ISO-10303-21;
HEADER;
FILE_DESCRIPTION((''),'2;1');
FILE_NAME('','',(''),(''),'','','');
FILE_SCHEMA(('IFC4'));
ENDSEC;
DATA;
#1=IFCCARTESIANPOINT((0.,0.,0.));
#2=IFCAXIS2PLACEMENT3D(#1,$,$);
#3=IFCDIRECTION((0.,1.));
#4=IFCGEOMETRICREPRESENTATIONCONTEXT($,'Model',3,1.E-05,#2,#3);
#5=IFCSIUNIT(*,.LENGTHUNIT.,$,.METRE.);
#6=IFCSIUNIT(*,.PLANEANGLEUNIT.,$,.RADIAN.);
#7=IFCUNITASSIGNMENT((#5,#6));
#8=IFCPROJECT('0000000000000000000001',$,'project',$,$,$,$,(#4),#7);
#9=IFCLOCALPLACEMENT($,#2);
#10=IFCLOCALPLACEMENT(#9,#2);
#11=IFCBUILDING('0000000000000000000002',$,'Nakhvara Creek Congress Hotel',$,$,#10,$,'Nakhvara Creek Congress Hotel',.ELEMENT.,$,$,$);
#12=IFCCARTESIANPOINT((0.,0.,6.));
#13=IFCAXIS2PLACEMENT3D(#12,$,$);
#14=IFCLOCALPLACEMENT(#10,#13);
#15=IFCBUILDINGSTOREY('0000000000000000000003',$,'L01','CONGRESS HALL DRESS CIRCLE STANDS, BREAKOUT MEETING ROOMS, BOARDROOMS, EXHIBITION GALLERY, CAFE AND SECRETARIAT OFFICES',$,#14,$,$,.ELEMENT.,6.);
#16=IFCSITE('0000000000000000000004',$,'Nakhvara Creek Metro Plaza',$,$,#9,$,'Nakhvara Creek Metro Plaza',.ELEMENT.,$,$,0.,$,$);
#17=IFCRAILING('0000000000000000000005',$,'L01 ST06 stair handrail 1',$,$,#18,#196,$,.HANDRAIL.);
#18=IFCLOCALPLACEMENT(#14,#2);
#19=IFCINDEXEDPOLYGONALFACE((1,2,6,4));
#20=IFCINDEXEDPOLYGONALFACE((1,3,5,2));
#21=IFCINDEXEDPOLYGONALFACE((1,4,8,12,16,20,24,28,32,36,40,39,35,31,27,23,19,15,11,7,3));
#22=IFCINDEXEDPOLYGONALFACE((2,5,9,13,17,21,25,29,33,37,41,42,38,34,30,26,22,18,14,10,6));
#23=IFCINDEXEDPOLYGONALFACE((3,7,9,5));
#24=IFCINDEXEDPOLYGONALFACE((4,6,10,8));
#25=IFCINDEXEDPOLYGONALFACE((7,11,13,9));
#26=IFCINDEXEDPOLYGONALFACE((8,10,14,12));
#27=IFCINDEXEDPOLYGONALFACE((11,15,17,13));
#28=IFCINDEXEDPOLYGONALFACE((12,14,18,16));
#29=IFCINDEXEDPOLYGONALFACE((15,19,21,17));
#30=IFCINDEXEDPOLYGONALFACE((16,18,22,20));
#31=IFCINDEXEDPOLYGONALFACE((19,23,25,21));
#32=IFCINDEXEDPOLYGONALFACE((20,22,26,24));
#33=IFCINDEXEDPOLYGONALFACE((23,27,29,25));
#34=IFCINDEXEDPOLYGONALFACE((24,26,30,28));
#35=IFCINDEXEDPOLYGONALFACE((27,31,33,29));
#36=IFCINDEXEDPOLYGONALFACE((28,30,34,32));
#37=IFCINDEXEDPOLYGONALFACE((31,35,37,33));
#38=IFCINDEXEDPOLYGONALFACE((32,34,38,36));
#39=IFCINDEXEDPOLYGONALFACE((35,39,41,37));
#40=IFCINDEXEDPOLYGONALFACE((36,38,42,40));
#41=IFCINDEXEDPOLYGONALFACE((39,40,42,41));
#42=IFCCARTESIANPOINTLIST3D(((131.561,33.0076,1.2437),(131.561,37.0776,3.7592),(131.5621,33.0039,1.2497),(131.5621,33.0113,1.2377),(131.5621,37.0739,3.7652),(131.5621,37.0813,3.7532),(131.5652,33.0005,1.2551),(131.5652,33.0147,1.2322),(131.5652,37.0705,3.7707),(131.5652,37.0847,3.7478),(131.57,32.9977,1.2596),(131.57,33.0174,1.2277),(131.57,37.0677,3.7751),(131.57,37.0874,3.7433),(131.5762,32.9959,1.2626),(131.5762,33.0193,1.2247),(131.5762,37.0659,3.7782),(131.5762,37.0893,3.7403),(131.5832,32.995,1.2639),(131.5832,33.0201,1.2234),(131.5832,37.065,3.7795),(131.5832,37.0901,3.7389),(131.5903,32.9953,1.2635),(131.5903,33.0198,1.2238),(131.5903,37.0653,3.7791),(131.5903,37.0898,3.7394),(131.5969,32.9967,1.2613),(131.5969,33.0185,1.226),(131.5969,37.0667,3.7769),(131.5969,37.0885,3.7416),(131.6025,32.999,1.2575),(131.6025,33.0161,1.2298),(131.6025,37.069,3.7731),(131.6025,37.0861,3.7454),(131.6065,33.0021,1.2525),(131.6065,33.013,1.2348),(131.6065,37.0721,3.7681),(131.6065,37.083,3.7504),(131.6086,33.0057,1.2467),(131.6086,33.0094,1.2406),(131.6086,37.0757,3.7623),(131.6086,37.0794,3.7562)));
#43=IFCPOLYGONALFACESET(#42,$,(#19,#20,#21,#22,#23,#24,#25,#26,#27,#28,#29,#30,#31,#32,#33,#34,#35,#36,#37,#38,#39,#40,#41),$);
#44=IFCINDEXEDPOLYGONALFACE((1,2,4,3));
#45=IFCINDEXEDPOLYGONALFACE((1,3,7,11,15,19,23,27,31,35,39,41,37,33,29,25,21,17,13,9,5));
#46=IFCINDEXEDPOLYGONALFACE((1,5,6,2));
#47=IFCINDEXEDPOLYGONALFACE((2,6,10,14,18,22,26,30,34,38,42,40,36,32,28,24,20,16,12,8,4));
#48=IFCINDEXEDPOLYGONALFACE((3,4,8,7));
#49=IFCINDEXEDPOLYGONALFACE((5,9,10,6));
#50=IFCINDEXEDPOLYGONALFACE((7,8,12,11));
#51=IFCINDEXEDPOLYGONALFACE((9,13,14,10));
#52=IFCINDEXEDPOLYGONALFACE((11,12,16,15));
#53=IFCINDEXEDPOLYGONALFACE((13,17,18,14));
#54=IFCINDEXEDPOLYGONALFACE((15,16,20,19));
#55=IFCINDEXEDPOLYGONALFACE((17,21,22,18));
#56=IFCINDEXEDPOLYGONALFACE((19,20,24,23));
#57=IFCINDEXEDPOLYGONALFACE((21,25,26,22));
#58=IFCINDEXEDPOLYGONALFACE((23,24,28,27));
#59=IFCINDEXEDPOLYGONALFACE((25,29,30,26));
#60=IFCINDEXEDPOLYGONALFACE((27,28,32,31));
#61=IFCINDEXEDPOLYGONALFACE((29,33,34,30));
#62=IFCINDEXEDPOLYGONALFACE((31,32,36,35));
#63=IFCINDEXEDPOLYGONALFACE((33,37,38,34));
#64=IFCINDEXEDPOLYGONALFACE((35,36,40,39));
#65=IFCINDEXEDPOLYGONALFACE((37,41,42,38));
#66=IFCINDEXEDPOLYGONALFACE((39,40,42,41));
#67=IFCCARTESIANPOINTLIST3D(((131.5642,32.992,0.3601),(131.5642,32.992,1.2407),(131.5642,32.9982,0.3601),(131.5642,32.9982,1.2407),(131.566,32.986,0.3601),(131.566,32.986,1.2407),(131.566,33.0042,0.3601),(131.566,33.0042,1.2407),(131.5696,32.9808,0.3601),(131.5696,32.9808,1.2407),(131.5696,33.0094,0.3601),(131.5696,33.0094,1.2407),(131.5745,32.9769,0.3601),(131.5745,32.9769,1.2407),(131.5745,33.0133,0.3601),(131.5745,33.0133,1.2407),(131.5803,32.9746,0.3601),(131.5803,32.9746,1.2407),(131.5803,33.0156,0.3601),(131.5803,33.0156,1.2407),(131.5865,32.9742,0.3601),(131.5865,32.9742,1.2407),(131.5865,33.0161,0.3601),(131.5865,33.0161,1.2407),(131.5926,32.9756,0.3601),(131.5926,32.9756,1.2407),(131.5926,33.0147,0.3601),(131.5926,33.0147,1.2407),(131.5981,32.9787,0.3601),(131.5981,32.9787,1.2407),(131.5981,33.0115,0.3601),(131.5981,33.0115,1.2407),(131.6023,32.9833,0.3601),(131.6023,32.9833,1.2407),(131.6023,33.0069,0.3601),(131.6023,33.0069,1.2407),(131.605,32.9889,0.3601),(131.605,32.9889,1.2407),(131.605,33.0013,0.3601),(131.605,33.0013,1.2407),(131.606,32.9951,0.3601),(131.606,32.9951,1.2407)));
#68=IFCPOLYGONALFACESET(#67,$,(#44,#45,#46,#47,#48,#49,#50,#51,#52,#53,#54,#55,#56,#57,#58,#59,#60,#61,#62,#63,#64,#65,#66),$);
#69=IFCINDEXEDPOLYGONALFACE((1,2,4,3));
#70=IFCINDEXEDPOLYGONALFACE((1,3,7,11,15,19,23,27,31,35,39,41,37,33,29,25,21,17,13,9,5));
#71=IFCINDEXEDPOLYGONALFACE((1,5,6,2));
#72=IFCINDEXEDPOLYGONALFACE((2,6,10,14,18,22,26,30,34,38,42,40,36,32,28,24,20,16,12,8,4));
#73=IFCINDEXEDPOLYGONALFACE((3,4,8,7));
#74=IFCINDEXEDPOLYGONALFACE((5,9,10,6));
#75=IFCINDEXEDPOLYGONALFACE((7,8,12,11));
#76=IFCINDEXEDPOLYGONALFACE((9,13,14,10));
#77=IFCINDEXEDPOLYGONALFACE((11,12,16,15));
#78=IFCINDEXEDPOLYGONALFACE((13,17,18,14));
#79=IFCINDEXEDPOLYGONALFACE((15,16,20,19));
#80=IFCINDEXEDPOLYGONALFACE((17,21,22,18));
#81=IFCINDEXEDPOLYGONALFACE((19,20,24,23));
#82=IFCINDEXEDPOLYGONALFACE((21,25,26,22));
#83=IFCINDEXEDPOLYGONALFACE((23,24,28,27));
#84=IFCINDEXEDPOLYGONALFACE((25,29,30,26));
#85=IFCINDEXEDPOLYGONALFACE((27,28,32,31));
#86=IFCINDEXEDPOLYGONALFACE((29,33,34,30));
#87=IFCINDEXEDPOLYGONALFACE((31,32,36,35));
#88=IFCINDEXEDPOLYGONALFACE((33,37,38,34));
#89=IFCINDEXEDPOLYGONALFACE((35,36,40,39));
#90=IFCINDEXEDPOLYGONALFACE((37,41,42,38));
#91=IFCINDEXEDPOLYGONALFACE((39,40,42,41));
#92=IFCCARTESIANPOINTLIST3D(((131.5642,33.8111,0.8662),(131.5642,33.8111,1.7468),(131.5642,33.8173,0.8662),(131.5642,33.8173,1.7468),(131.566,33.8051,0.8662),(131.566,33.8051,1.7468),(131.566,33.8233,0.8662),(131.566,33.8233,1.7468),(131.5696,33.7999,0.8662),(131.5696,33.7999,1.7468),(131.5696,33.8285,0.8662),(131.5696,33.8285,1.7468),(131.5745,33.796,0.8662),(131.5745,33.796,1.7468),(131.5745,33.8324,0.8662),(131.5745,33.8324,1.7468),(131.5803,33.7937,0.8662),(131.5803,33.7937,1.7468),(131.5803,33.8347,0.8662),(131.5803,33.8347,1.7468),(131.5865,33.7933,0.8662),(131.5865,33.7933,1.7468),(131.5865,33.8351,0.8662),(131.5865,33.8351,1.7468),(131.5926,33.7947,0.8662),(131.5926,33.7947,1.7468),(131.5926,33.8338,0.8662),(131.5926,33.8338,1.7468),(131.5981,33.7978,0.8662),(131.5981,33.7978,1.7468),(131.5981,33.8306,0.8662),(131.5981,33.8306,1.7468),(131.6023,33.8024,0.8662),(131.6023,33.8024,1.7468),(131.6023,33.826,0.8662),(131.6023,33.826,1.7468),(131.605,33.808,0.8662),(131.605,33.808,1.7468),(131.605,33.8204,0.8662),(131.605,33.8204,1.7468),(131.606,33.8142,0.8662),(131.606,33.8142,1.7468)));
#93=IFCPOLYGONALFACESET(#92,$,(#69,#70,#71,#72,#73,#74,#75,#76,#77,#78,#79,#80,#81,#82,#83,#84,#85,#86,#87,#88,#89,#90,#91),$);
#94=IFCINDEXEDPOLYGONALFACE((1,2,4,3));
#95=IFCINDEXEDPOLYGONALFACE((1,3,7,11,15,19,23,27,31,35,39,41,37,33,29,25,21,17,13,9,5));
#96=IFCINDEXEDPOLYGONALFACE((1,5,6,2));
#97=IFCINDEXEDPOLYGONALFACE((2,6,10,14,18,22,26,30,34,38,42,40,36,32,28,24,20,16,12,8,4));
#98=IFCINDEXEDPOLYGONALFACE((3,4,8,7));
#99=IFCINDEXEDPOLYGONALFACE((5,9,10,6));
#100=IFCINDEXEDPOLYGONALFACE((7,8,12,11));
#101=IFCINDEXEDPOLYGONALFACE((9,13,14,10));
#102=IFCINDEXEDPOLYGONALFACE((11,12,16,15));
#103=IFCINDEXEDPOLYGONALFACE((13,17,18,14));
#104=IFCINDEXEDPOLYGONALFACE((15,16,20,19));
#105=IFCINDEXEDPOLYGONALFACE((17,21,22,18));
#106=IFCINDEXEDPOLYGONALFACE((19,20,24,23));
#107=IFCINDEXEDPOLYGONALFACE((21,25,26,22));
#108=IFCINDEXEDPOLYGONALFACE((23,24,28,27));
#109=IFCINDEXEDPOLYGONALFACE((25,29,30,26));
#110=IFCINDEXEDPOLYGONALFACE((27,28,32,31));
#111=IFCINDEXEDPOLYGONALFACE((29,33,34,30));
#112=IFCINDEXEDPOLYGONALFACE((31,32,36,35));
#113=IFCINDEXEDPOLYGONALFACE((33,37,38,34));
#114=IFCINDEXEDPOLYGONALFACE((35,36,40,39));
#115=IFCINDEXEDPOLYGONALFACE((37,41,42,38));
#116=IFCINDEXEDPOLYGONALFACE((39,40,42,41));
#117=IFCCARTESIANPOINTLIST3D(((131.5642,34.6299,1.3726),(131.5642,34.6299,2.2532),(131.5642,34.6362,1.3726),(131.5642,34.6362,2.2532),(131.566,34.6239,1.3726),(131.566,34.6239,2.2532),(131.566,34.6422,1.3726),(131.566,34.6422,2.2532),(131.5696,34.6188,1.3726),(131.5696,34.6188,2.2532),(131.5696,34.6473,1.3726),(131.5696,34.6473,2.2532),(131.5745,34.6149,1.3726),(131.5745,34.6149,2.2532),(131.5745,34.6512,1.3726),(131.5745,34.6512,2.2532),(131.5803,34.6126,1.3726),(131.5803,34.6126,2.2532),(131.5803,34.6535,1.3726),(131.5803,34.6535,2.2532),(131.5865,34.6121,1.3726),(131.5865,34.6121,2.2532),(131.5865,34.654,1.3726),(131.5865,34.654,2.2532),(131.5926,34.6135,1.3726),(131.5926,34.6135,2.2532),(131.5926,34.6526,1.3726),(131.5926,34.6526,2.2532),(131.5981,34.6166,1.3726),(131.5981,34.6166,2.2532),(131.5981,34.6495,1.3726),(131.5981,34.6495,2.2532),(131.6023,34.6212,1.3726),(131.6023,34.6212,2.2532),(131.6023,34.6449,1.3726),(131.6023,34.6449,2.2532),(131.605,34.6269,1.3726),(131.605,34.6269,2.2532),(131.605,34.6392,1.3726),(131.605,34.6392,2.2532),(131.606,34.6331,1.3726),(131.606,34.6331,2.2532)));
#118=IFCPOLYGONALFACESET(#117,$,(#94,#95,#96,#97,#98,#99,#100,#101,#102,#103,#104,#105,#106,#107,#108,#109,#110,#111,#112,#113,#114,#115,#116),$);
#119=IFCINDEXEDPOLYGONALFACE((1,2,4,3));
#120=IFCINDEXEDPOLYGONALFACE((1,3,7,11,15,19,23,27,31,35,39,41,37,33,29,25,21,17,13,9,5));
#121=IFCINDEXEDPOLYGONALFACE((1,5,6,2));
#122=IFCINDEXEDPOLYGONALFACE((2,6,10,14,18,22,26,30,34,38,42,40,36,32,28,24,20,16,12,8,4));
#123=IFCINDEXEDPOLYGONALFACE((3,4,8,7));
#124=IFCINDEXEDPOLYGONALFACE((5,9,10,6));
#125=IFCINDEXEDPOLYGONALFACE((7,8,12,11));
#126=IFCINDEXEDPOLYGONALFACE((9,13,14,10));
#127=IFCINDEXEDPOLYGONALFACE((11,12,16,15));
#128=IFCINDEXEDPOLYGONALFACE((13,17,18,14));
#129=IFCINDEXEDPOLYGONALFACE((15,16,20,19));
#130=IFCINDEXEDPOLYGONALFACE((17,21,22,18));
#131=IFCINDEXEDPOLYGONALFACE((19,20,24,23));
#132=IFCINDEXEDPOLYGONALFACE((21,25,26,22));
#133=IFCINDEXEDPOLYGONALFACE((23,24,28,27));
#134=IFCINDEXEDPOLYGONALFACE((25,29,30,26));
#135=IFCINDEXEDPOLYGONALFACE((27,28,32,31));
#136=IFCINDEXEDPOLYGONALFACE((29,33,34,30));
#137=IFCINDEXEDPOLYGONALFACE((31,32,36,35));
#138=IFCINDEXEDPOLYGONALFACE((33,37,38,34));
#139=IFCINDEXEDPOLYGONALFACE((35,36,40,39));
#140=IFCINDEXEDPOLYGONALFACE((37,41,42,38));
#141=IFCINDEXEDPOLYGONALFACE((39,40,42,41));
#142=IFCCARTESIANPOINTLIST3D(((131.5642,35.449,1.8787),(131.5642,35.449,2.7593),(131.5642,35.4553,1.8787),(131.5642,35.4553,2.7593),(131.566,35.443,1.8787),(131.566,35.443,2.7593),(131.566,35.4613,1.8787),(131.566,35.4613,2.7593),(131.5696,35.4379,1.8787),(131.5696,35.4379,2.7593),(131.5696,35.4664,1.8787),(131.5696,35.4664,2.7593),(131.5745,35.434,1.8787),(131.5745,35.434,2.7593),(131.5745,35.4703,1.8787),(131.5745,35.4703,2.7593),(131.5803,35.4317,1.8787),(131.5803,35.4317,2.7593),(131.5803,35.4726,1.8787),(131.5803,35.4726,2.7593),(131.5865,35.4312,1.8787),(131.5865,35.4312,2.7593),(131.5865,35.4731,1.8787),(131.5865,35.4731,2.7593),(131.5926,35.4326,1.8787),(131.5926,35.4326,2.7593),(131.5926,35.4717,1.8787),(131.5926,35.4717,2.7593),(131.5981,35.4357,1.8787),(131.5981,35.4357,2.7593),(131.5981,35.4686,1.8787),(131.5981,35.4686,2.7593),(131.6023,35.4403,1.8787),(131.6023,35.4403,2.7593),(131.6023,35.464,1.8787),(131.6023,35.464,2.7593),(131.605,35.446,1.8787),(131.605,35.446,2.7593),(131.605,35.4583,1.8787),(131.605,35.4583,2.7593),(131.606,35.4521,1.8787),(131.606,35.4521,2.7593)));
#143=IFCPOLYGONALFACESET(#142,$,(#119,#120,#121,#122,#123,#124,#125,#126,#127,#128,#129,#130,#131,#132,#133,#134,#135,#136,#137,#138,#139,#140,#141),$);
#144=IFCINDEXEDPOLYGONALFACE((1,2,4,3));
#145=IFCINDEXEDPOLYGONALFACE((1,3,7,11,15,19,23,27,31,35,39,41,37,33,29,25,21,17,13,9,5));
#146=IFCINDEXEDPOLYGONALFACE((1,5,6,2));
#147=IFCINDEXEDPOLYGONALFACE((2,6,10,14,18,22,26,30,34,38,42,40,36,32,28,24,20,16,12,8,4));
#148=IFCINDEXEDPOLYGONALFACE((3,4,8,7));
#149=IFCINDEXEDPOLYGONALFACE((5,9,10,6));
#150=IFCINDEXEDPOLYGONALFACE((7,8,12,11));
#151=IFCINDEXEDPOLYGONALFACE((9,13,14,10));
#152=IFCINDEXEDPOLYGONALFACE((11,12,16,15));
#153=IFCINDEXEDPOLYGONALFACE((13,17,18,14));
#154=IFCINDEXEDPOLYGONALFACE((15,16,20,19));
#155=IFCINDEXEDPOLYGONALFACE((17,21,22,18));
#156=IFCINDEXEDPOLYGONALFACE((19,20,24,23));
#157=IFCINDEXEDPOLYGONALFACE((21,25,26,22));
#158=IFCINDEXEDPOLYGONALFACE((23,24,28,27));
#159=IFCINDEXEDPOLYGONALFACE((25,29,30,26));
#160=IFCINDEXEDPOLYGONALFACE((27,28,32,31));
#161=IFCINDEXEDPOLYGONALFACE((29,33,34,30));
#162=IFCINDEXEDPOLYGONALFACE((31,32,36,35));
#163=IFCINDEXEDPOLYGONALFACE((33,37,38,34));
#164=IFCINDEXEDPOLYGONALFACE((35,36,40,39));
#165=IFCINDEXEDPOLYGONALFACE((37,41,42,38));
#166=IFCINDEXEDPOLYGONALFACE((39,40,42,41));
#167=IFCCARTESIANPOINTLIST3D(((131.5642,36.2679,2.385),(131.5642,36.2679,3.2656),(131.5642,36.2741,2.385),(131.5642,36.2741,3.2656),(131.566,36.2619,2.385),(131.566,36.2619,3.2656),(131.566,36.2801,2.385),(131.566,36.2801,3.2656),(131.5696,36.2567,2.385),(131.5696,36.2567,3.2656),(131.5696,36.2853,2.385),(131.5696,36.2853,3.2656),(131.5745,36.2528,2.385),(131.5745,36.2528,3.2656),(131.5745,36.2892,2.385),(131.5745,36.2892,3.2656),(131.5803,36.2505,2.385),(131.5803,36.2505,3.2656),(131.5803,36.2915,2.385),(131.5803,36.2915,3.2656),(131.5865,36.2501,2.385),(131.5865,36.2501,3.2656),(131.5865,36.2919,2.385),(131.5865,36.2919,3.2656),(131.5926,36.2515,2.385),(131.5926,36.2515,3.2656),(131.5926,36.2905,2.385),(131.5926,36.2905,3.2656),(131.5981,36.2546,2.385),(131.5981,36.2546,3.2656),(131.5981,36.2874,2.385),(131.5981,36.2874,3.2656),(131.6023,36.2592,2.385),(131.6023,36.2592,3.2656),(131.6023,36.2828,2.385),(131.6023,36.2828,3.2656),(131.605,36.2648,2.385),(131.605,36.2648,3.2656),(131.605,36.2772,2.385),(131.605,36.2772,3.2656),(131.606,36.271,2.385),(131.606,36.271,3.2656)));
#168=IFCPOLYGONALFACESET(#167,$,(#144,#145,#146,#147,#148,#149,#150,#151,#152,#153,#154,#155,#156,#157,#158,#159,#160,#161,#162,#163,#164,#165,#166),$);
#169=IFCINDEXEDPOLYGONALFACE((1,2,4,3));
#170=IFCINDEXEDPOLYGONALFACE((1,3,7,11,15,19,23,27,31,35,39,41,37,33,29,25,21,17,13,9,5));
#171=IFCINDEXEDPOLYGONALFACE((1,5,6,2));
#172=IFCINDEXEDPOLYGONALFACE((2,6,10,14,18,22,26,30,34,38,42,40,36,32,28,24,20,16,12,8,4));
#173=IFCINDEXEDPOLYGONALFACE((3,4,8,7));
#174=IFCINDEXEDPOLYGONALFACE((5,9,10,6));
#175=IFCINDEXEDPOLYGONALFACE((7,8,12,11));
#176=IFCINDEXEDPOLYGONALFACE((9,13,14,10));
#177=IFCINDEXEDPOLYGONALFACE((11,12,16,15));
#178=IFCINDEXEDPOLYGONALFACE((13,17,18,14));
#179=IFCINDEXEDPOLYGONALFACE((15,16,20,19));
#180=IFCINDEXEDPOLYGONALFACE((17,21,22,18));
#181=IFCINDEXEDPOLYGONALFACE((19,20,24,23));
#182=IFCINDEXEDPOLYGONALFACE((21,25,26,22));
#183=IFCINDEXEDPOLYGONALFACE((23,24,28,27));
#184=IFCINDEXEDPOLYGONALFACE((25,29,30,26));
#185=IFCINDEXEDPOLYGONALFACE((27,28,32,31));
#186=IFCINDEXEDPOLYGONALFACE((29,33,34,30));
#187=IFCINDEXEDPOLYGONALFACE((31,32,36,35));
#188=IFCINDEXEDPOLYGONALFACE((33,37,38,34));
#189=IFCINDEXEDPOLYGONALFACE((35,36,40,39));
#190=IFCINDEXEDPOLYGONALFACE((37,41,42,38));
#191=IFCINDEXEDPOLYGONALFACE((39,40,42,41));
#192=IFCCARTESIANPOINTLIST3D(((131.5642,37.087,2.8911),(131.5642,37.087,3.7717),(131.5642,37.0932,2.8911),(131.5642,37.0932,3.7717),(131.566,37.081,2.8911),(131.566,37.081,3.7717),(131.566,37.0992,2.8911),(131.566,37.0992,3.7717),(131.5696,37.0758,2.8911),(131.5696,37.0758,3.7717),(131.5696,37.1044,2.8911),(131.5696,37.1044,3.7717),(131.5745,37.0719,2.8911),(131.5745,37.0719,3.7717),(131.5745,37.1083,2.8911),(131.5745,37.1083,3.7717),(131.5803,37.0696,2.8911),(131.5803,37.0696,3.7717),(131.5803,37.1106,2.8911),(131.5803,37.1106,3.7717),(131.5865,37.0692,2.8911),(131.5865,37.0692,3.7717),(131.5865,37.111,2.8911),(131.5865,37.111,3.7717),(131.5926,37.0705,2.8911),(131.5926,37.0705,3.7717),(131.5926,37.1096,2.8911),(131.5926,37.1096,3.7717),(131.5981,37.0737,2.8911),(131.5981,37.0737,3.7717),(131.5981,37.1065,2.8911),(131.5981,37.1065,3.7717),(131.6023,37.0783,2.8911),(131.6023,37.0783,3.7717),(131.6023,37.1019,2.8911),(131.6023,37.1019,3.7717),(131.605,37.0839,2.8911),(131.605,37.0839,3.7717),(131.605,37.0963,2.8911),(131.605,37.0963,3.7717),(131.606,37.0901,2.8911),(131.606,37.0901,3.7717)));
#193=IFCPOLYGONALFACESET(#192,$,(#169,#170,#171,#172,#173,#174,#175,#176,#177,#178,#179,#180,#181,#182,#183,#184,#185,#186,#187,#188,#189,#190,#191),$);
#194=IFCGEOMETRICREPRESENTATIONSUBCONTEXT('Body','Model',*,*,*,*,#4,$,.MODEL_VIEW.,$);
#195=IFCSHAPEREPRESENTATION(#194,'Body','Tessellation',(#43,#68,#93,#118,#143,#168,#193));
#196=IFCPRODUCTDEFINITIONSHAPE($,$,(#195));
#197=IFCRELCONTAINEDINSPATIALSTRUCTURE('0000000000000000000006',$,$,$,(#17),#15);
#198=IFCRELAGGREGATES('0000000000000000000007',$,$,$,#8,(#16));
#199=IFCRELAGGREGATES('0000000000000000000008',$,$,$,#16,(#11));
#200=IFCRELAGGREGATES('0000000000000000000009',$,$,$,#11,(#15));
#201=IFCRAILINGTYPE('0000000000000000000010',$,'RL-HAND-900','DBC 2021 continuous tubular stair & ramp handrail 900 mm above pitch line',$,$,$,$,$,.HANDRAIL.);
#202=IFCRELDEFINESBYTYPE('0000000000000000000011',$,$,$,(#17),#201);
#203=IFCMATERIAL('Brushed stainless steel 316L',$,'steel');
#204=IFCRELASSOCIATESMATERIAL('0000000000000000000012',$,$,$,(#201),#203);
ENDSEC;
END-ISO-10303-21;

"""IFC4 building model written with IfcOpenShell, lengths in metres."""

from ifc_helpers import new_model, si_unit, direction, frame, origin, origin_2d, place, context, subcontext, project, spatial, circle, extrude, material, type_object, element, save


model = new_model("IFC4")

# Units and contexts
model_context = context("Model", 3, precision=1e-05, world=origin(), true_north=direction((0.0, 1.0)))
body_context = subcontext(model_context, "Body", "Model", "MODEL_VIEW")
ifc_project = project(units=[si_unit("LENGTHUNIT", "METRE"), si_unit("PLANEANGLEUNIT", "RADIAN")], contexts=[model_context])

# Site, building, storey
site_placement = place(None, origin())
site = spatial("IfcSite", under=ifc_project, at=site_placement, Name="Nakhvara Creek Metro Plaza", LongName="Nakhvara Creek Metro Plaza", CompositionType="ELEMENT", RefElevation=0.0)
building_placement = place(site_placement, origin())
building = spatial("IfcBuilding", under=site, at=building_placement, Name="Nakhvara Creek Congress Hotel", LongName="Nakhvara Creek Congress Hotel", CompositionType="ELEMENT")
storey_placement = place(building_placement, frame((0.0, 0.0, 6.0)))
storey = spatial("IfcBuildingStorey", under=building, at=storey_placement, Name="L01", Description="CONGRESS HALL DRESS CIRCLE STANDS, BREAKOUT MEETING ROOMS, BOARDROOMS, EXHIBITION GALLERY, CAFE AND SECRETARIAT OFFICES", CompositionType="ELEMENT", Elevation=6.0)

# Railing
ifc_material_1 = material(Name="Brushed stainless steel 316L", Category="steel")
railing_type_1 = type_object("IfcRailingType", Name="RL-HAND-900", Description="DBC 2021 continuous tubular stair & ramp handrail 900 mm above pitch line", PredefinedType="HANDRAIL", material=ifc_material_1)
railing_1_placement = place(storey_placement, frame((131.585, 32.9951, 0.3601)))
element("IfcRailing", 1, at=railing_1_placement, inside=storey, type_object=railing_type_1, Name="L01 ST06 stair handrail 1", PredefinedType="HANDRAIL", context=body_context, shape_type="SweptSolid", body=[
    extrude(circle(Radius=0.0239, at=origin_2d()), frame((0.0, 0.0125, 0.8835), z_axis=(0.0, 0.850635, 0.525757), x_axis=(-1.0, 0.0, 0.0)), (0.0, 0.0, 1.0), 4.7847),
    extrude(circle(Radius=0.021, at=origin_2d()), origin(), (0.0, 0.0, 1.0), 0.8806),
    extrude(circle(Radius=0.021, at=origin_2d()), frame((0.0, 0.8191, 0.5061)), (0.0, 0.0, 1.0), 0.8806),
    extrude(circle(Radius=0.021, at=origin_2d()), frame((0.0, 1.6379, 1.0125)), (0.0, 0.0, 1.0), 0.8806),
    extrude(circle(Radius=0.021, at=origin_2d()), frame((0.0, 2.457, 1.5186)), (0.0, 0.0, 1.0), 0.8806),
    extrude(circle(Radius=0.021, at=origin_2d()), frame((0.0, 3.2759, 2.0249)), (0.0, 0.0, 1.0), 0.8806),
    extrude(circle(Radius=0.021, at=origin_2d()), frame((0.0, 4.095, 2.531)), (0.0, 0.0, 1.0), 0.8806),
])

save(model, "model.ifc")
